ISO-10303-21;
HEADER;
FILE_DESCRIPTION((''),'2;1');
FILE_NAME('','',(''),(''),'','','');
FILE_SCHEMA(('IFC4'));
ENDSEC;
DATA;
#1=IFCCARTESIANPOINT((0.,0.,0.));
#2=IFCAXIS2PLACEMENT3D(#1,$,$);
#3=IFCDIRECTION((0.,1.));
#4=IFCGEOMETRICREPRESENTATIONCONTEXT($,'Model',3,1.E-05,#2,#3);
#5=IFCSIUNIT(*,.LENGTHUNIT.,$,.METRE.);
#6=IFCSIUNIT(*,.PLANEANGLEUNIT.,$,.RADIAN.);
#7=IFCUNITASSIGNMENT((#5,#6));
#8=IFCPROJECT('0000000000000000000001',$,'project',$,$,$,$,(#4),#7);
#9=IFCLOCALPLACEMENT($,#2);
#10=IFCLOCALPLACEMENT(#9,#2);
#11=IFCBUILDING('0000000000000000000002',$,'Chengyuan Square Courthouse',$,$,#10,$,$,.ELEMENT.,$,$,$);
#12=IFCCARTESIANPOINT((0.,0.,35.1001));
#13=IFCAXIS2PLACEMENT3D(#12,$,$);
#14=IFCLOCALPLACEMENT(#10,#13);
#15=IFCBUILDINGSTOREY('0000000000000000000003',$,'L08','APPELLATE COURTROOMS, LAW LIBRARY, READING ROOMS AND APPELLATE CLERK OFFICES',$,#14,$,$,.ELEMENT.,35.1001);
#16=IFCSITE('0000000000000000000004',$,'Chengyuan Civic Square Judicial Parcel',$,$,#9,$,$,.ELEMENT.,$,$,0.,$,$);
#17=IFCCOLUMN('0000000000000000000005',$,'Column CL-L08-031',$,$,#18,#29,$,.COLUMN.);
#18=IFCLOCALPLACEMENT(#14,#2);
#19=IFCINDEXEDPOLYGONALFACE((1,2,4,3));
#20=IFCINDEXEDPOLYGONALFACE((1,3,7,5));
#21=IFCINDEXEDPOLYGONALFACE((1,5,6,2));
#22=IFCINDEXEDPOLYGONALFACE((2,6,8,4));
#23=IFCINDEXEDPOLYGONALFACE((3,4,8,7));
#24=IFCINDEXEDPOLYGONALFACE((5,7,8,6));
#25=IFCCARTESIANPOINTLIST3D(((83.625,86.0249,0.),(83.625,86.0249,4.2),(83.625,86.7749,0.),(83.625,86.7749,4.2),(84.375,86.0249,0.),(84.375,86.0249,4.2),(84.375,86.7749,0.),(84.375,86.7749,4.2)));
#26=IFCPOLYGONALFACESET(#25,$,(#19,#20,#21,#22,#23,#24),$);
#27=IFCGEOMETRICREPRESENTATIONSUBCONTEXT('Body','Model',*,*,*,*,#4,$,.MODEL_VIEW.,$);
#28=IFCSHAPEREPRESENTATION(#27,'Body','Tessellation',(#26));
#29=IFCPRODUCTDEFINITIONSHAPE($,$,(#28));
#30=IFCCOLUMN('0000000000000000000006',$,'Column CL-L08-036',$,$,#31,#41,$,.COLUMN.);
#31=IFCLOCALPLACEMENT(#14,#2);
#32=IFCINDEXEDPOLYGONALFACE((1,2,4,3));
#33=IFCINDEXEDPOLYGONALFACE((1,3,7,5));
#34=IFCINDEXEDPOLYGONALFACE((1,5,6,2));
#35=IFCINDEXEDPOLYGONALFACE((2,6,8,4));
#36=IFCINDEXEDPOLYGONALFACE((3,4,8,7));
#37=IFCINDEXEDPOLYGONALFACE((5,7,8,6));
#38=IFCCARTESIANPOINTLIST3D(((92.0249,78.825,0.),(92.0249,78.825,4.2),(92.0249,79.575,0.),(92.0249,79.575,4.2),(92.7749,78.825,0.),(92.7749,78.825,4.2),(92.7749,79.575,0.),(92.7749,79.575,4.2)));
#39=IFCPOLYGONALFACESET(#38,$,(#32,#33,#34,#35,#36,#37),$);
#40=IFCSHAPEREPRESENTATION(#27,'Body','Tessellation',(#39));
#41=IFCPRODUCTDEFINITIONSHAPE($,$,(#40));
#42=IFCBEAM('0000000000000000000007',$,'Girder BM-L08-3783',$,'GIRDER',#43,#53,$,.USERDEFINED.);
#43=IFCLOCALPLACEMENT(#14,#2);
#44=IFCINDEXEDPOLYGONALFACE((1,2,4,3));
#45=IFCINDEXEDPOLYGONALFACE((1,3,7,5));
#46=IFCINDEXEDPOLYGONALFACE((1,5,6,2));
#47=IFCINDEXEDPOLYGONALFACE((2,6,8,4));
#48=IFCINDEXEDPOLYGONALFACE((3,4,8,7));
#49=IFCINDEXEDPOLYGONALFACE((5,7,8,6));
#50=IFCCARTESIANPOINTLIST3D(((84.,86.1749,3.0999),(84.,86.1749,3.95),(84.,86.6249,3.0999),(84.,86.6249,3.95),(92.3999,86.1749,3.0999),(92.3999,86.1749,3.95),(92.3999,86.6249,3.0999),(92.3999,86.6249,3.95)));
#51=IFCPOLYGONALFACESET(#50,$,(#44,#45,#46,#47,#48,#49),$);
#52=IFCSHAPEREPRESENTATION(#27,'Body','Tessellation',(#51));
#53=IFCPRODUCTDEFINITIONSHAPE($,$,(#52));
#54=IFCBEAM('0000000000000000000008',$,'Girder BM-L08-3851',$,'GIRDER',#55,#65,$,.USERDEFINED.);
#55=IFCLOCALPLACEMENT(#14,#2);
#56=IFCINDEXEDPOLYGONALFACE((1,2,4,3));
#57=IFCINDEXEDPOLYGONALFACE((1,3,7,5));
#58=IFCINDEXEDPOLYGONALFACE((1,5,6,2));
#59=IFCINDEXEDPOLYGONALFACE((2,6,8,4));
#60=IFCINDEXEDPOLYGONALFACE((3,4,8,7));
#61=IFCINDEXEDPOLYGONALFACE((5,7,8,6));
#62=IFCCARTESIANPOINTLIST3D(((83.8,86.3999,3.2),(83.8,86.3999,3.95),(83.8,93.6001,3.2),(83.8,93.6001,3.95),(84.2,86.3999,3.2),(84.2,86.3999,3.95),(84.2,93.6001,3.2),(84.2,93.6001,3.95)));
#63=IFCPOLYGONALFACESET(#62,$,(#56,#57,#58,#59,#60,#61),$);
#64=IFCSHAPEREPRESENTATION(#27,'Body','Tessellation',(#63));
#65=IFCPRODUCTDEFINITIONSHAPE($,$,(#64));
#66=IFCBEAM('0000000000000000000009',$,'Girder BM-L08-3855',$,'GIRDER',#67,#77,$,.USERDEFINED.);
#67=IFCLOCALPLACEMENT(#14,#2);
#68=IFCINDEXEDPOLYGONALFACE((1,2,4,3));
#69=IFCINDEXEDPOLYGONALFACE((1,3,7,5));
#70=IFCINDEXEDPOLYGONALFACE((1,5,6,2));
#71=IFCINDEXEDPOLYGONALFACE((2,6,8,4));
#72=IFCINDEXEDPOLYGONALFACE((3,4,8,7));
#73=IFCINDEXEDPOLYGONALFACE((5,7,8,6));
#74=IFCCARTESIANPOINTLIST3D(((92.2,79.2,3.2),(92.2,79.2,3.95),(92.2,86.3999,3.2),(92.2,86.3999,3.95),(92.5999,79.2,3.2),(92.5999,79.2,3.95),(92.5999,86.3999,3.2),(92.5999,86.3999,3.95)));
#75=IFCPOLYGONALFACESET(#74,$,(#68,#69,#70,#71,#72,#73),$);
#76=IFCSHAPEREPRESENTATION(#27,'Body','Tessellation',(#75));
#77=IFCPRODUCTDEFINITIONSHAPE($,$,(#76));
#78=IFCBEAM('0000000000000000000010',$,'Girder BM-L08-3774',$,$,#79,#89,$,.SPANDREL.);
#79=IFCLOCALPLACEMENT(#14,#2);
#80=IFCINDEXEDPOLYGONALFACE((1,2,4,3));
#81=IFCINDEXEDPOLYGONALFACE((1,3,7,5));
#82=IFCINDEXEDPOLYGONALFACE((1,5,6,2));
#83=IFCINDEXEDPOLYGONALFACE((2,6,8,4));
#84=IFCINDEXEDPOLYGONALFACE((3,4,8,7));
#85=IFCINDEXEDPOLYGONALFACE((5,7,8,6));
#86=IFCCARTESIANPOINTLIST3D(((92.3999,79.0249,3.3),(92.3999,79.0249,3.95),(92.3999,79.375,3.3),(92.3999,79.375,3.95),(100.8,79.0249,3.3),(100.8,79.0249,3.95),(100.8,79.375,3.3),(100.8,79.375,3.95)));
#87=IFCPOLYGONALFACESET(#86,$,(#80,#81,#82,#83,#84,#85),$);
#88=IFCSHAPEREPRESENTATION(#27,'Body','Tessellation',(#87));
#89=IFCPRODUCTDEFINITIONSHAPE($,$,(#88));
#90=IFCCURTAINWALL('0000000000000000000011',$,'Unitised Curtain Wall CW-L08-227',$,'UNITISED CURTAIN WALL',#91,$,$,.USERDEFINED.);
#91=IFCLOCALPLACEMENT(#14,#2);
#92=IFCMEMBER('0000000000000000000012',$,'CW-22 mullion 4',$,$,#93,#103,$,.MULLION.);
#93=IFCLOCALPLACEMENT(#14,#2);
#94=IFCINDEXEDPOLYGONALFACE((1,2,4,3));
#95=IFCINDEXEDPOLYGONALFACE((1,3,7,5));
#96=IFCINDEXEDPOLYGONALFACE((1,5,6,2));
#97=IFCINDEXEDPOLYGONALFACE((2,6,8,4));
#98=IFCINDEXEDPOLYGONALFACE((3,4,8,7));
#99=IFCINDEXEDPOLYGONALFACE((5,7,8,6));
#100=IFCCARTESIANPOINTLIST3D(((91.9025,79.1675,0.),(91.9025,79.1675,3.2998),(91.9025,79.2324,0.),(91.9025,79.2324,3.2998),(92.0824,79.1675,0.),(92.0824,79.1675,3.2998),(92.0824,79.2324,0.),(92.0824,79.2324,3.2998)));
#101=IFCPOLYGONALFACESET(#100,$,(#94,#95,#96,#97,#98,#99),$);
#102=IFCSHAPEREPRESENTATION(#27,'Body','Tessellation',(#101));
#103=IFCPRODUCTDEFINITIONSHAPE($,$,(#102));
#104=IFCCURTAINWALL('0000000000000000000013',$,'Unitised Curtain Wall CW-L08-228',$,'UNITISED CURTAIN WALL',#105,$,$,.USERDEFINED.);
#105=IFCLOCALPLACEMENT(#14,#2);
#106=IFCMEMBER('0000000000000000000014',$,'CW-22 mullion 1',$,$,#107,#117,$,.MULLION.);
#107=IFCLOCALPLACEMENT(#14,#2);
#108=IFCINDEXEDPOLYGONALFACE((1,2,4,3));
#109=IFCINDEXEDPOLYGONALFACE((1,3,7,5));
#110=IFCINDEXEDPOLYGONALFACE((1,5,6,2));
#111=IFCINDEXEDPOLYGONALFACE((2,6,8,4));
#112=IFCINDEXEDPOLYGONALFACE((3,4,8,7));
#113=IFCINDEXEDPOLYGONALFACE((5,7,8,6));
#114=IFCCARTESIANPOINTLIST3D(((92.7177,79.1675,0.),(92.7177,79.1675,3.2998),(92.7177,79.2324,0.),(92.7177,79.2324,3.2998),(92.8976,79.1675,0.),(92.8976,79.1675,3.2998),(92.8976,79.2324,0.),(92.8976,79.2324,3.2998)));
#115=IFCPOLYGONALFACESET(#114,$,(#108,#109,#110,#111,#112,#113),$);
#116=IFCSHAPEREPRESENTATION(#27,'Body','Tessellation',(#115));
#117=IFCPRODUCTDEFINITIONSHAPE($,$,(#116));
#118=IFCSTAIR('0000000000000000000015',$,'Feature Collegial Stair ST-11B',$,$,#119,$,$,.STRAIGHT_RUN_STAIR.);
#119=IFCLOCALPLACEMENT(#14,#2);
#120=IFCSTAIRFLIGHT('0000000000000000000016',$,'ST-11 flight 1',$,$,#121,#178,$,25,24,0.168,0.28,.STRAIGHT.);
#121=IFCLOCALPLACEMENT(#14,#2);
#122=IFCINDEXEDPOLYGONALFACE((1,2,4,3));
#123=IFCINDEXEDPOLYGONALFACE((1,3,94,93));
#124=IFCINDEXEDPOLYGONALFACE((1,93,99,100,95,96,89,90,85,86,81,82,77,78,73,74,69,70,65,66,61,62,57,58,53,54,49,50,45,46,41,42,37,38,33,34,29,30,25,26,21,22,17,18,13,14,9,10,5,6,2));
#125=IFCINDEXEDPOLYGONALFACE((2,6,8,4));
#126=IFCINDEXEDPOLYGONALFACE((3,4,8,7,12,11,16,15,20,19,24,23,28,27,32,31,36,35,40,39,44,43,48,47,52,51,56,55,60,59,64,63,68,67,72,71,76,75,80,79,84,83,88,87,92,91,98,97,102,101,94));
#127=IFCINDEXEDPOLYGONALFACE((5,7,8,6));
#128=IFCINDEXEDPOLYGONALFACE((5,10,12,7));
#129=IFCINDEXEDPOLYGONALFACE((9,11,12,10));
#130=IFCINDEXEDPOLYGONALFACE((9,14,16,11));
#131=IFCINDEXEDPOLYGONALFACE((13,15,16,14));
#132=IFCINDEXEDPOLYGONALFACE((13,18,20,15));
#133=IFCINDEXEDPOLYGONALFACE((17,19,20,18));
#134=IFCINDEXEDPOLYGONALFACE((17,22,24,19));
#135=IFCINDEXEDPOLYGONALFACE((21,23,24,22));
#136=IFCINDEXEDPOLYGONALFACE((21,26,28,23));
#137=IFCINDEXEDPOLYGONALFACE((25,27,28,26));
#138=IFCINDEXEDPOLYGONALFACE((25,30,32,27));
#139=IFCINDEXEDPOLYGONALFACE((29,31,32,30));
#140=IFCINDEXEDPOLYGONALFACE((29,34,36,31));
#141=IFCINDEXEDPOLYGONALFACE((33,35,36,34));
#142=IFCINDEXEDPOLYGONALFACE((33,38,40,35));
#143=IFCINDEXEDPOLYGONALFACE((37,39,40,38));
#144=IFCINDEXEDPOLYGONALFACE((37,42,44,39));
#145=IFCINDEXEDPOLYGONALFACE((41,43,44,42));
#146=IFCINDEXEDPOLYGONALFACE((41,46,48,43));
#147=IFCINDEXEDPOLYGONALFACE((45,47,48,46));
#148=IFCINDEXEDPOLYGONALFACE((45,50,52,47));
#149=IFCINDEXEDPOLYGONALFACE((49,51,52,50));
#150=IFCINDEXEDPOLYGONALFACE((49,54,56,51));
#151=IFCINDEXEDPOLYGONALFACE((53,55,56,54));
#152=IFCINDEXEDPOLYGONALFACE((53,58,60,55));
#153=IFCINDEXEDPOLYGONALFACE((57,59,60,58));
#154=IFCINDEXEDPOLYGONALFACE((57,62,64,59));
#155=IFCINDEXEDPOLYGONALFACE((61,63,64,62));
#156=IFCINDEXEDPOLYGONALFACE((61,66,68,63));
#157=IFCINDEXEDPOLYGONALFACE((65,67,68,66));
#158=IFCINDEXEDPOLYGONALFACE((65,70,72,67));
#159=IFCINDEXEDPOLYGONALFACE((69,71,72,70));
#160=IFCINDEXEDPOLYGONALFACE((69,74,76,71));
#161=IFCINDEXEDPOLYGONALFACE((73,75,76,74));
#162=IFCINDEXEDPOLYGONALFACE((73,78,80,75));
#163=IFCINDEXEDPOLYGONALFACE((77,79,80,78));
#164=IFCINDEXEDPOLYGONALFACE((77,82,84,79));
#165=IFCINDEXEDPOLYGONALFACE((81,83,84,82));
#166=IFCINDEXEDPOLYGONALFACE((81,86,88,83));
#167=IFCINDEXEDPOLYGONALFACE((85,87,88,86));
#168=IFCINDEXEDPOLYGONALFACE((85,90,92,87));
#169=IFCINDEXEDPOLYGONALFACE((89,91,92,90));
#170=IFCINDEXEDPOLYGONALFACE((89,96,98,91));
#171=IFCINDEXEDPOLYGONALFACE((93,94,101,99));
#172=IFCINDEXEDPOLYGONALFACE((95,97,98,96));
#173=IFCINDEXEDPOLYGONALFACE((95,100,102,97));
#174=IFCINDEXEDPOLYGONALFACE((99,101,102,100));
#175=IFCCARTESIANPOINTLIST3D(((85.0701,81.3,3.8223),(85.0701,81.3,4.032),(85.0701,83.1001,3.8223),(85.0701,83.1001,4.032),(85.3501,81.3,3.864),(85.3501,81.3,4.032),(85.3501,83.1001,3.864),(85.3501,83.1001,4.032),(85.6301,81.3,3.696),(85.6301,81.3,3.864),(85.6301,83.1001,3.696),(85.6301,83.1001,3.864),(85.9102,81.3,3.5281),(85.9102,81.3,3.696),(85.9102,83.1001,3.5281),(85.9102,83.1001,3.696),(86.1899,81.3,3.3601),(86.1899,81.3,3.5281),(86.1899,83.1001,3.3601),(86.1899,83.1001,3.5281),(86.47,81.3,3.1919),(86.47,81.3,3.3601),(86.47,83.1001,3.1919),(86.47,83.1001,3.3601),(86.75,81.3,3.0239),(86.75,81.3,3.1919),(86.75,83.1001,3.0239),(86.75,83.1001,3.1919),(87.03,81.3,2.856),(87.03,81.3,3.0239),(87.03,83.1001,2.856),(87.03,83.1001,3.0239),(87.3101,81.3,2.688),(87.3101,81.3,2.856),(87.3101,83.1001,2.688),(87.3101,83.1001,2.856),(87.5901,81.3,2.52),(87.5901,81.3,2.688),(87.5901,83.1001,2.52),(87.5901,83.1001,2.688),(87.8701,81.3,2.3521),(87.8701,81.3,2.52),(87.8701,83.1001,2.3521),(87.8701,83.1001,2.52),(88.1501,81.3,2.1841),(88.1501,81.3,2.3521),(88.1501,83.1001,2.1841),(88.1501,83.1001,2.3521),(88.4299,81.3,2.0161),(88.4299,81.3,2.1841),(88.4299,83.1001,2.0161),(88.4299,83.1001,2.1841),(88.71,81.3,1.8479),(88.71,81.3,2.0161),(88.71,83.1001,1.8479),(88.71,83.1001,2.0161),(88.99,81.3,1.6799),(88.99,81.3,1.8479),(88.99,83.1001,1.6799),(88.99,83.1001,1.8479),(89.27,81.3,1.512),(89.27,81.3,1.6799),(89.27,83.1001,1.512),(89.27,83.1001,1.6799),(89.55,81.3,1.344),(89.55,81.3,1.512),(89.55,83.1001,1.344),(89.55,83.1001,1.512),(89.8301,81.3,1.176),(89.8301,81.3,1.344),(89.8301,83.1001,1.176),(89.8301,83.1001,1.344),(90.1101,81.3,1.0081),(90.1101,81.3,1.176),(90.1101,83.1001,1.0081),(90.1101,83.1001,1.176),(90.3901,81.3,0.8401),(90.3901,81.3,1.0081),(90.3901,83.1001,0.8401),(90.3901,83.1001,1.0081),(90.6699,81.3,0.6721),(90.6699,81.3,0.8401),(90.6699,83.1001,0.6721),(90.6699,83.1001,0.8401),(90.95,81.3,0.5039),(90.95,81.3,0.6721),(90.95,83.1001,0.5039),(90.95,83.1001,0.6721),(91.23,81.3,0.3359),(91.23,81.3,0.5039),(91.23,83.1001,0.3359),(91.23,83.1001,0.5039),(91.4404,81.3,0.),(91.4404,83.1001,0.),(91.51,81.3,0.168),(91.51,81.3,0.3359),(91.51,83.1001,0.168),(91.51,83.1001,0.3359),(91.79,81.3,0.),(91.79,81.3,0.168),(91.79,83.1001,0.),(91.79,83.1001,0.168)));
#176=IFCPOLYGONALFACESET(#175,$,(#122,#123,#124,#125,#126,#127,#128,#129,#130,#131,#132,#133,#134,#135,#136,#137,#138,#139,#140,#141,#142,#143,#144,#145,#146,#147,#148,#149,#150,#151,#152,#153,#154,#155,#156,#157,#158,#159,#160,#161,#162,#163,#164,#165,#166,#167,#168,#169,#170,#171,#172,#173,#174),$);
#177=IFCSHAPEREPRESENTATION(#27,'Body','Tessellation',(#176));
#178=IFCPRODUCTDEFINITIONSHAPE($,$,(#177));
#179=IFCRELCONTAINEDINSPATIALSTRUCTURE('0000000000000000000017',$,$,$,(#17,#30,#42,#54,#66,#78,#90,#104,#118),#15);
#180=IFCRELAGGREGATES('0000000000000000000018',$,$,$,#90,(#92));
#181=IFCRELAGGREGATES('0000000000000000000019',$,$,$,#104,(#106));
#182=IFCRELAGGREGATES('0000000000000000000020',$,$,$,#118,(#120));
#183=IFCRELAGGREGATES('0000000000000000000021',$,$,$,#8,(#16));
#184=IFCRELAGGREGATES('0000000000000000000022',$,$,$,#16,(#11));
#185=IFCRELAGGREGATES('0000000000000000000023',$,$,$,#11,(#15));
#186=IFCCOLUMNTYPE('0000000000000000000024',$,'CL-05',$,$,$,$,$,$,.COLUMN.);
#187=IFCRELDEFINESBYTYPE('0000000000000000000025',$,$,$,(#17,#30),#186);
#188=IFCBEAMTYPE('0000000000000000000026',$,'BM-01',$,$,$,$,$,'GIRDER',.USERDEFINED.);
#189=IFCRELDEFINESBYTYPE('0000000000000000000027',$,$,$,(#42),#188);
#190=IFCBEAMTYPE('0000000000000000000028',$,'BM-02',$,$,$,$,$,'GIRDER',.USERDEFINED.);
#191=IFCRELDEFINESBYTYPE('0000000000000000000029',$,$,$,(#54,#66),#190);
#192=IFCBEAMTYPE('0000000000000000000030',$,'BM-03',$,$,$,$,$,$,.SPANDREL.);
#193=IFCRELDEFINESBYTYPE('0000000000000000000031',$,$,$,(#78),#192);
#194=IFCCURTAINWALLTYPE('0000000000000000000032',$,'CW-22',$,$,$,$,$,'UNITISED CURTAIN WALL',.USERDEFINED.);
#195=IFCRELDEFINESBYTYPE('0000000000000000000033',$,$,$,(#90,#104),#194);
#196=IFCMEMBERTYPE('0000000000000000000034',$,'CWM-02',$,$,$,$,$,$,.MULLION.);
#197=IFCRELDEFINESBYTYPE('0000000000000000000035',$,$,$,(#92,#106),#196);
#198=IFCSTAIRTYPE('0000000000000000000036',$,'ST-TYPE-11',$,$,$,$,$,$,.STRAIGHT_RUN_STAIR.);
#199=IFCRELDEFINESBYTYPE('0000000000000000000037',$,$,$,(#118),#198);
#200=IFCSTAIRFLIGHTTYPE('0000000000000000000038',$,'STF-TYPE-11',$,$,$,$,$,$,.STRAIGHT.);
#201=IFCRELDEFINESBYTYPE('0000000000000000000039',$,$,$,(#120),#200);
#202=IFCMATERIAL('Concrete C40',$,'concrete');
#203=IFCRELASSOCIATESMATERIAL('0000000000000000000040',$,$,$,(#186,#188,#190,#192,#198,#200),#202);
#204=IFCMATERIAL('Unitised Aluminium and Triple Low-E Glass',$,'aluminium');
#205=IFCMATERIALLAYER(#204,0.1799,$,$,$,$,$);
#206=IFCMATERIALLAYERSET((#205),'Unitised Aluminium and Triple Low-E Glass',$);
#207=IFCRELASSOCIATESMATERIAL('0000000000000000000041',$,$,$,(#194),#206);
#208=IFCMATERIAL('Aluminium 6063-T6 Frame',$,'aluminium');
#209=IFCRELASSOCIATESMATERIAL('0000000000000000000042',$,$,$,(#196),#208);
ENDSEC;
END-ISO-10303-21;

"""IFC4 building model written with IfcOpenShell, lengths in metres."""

from ifc_helpers import new_model, si_unit, direction, frame, origin, origin_2d, place, context, subcontext, project, spatial, polyline, rectangle, outline, extrude, material, layer, layer_set, material_profile, profile_set, type_object, element, aggregate, save


model = new_model("IFC4")

# Units and contexts
model_context = context("Model", 3, precision=1e-05, world=origin(), true_north=direction((0.0, 1.0)))
body_context = subcontext(model_context, "Body", "Model", "MODEL_VIEW")
ifc_project = project(units=[si_unit("LENGTHUNIT", "METRE"), si_unit("PLANEANGLEUNIT", "RADIAN")], contexts=[model_context])

# Site, building, storey
site_placement = place(None, origin())
site = spatial("IfcSite", under=ifc_project, at=site_placement, Name="Chengyuan Civic Square Judicial Parcel", CompositionType="ELEMENT", RefElevation=0.0)
building_placement = place(site_placement, origin())
building = spatial("IfcBuilding", under=site, at=building_placement, Name="Chengyuan Square Courthouse", CompositionType="ELEMENT")
storey_placement = place(building_placement, frame((0.0, 0.0, 35.1001)))
storey = spatial("IfcBuildingStorey", under=building, at=storey_placement, Name="L08", Description="APPELLATE COURTROOMS, LAW LIBRARY, READING ROOMS AND APPELLATE CLERK OFFICES", CompositionType="ELEMENT", Elevation=35.1001)

# Columns
ifc_material_1 = material(Name="Concrete C40", Category="concrete")
ifc_material_profile_1 = material_profile(ifc_material_1, rectangle(XDim=0.75, YDim=0.75, at=origin_2d()), Name="RC-COL-750x750")
ifc_profile_set_1 = profile_set([ifc_material_profile_1], Name="Concrete C40")
column_type = type_object("IfcColumnType", Name="CL-05", PredefinedType="COLUMN", material=ifc_profile_set_1)
for number, where, z_axis, x_axis, name in (
    (1, (84.0, 86.3999, 0.0), (0.0, 0.0, 1.0), (1.0, 0.0, 0.0), "Column CL-L08-031"),
    (2, (92.3999, 79.2, 0.0), (0.0, 0.0, 1.0), (1.0, 0.0, 0.0), "Column CL-L08-036"),
):
    element("IfcColumn", number, at=place(storey_placement, frame(where, z_axis=z_axis, x_axis=x_axis)), inside=storey, type_object=column_type, Name=name, PredefinedType="COLUMN", context=body_context, shape_type="SweptSolid", body=[
        extrude(rectangle(XDim=0.75, YDim=0.75, at=origin_2d()), origin(), (0.0, 0.0, 1.0), 4.2),
    ])

# Beams
ifc_material_profile_2 = material_profile(ifc_material_1, rectangle(XDim=0.45, YDim=0.8501, at=origin_2d()), Name="RC-BM-450x850")
ifc_profile_set_2 = profile_set([ifc_material_profile_2], Name="Concrete C40")
beam_type_1 = type_object("IfcBeamType", Name="BM-01", ElementType="GIRDER", PredefinedType="USERDEFINED", material=ifc_profile_set_2)
beam_1_placement = place(storey_placement, frame((84.0, 86.3999, 3.5249), z_axis=(1.0, 0.0, 0.0), x_axis=(0.0, 1.0, 0.0)))
element("IfcBeam", 3, at=beam_1_placement, inside=storey, type_object=beam_type_1, Name="Girder BM-L08-3783", ObjectType="GIRDER", PredefinedType="USERDEFINED", context=body_context, shape_type="SweptSolid", body=[
    extrude(rectangle(XDim=0.45, YDim=0.8501, at=origin_2d()), origin(), (0.0, 0.0, 1.0), 8.3999),
])
ifc_material_profile_3 = material_profile(ifc_material_1, rectangle(XDim=0.3999, YDim=0.75, at=origin_2d()), Name="RC-BM-400x750")
ifc_profile_set_3 = profile_set([ifc_material_profile_3], Name="Concrete C40")
beam_type_2 = type_object("IfcBeamType", Name="BM-02", ElementType="GIRDER", PredefinedType="USERDEFINED", material=ifc_profile_set_3)
beam_2_placement = place(storey_placement, frame((84.0, 86.3999, 3.575), z_axis=(0.0, 1.0, 0.0), x_axis=(-1.0, 0.0, 0.0)))
element("IfcBeam", 4, at=beam_2_placement, inside=storey, type_object=beam_type_2, Name="Girder BM-L08-3851", ObjectType="GIRDER", PredefinedType="USERDEFINED", context=body_context, shape_type="SweptSolid", body=[
    extrude(rectangle(XDim=0.3999, YDim=0.75, at=origin_2d()), origin(), (0.0, 0.0, 1.0), 7.2002),
])
beam_3_placement = place(storey_placement, frame((92.3999, 79.2, 3.575), z_axis=(0.0, 1.0, 0.0), x_axis=(-1.0, 0.0, 0.0)))
element("IfcBeam", 5, at=beam_3_placement, inside=storey, type_object=beam_type_2, Name="Girder BM-L08-3855", ObjectType="GIRDER", PredefinedType="USERDEFINED", context=body_context, shape_type="SweptSolid", body=[
    extrude(rectangle(XDim=0.3999, YDim=0.75, at=origin_2d()), origin(), (0.0, 0.0, 1.0), 7.2),
])
ifc_material_profile_4 = material_profile(ifc_material_1, rectangle(XDim=0.3501, YDim=0.6499, at=origin_2d()), Name="RC-BM-350x650")
ifc_profile_set_4 = profile_set([ifc_material_profile_4], Name="Concrete C40")
beam_type_3 = type_object("IfcBeamType", Name="BM-03", PredefinedType="SPANDREL", material=ifc_profile_set_4)
beam_4_placement = place(storey_placement, frame((92.3999, 79.2, 3.625), z_axis=(1.0, 0.0, 0.0), x_axis=(0.0, 1.0, 0.0)))
element("IfcBeam", 6, at=beam_4_placement, inside=storey, type_object=beam_type_3, Name="Girder BM-L08-3774", PredefinedType="SPANDREL", context=body_context, shape_type="SweptSolid", body=[
    extrude(rectangle(XDim=0.3501, YDim=0.6499, at=origin_2d()), origin(), (0.0, 0.0, 1.0), 8.4001),
])

# Curtain walls, members
ifc_material_2 = material(Name="Unitised Aluminium and Triple Low-E Glass", Category="aluminium")
ifc_layer_1 = layer(ifc_material_2, 0.1799)
ifc_layer_set_1 = layer_set([ifc_layer_1], Name="Unitised Aluminium and Triple Low-E Glass")
curtain_wall_type = type_object("IfcCurtainWallType", Name="CW-22", ElementType="UNITISED CURTAIN WALL", PredefinedType="USERDEFINED", material=ifc_layer_set_1)
curtain_wall_1_placement = place(storey_placement, origin())
curtain_wall_1 = element("IfcCurtainWall", 7, at=curtain_wall_1_placement, inside=storey, type_object=curtain_wall_type, Name="Unitised Curtain Wall CW-L08-227", ObjectType="UNITISED CURTAIN WALL", PredefinedType="USERDEFINED")
ifc_material_3 = material(Name="Aluminium 6063-T6 Frame", Category="aluminium")
ifc_material_profile_5 = material_profile(ifc_material_3, rectangle(XDim=0.0649, YDim=0.1799, at=origin_2d()), Name="CW-MUL-65x180")
ifc_profile_set_5 = profile_set([ifc_material_profile_5], Name="Aluminium 6063-T6 Frame")
member_type = type_object("IfcMemberType", Name="CWM-02", PredefinedType="MULLION", material=ifc_profile_set_5)
member_1_placement = place(storey_placement, frame((91.9924, 79.2, 0.0), z_axis=(0.0, 0.0, 1.0), x_axis=(0.0, 1.0, 0.0)))
member_1 = element("IfcMember", 8, at=member_1_placement, type_object=member_type, Name="CW-22 mullion 4", PredefinedType="MULLION", context=body_context, shape_type="SweptSolid", body=[
    extrude(rectangle(XDim=0.0649, YDim=0.1799, at=origin_2d()), origin(), (0.0, 0.0, 1.0), 3.2998),
])
aggregate(curtain_wall_1, [member_1])
curtain_wall_2_placement = place(storey_placement, origin())
curtain_wall_2 = element("IfcCurtainWall", 9, at=curtain_wall_2_placement, inside=storey, type_object=curtain_wall_type, Name="Unitised Curtain Wall CW-L08-228", ObjectType="UNITISED CURTAIN WALL", PredefinedType="USERDEFINED")
member_2_placement = place(storey_placement, frame((92.8076, 79.2, 0.0), z_axis=(0.0, 0.0, 1.0), x_axis=(0.0, 1.0, 0.0)))
member_2 = element("IfcMember", 10, at=member_2_placement, type_object=member_type, Name="CW-22 mullion 1", PredefinedType="MULLION", context=body_context, shape_type="SweptSolid", body=[
    extrude(rectangle(XDim=0.0649, YDim=0.1799, at=origin_2d()), origin(), (0.0, 0.0, 1.0), 3.2998),
])
aggregate(curtain_wall_2, [member_2])

# Stair, stair flight
stair_type = type_object("IfcStairType", Name="ST-TYPE-11", PredefinedType="STRAIGHT_RUN_STAIR", material=ifc_material_1)
stair_placement = place(storey_placement, origin())
stair = element("IfcStair", 11, at=stair_placement, inside=storey, type_object=stair_type, Name="Feature Collegial Stair ST-11B", PredefinedType="STRAIGHT_RUN_STAIR")
stair_flight_type = type_object("IfcStairFlightType", Name="STF-TYPE-11", PredefinedType="STRAIGHT", material=ifc_material_1)
stair_flight_placement = place(storey_placement, frame((91.79, 82.2, 0.0), z_axis=(0.0, 0.0, 1.0), x_axis=(-1.0, 0.0, 0.0)))
stair_flight = element("IfcStairFlight", 12, at=stair_flight_placement, type_object=stair_flight_type, Name="ST-11 flight 1", NumberOfRisers=25, NumberOfTreads=24, PredefinedType="STRAIGHT", RiserHeight=0.168, TreadLength=0.28, context=body_context, shape_type="SweptSolid", body=[
    extrude(outline(polyline([(0.0, 0.0), (0.0, 0.168), (0.28, 0.168), (0.28, 0.3359), (0.5601, 0.3359), (0.5601, 0.5039), (0.8401, 0.5039), (0.8401, 0.6721), (1.1201, 0.6721), (1.1201, 0.8401), (1.3999, 0.8401), (1.3999, 1.0081), (1.6799, 1.0081), (1.6799, 1.176), (1.96, 1.176), (1.96, 1.344), (2.24, 1.344), (2.24, 1.512), (2.52, 1.512), (2.52, 1.6799), (2.8, 1.6799), (2.8, 1.8479), (3.0801, 1.8479), (3.0801, 2.0161), (3.3601, 2.0161), (3.3601, 2.1841), (3.6399, 2.1841), (3.6399, 2.3521), (3.9199, 2.3521), (3.9199, 2.52), (4.2, 2.52), (4.2, 2.688), (4.48, 2.688), (4.48, 2.856), (4.76, 2.856), (4.76, 3.0239), (5.04, 3.0239), (5.04, 3.1919), (5.3201, 3.1919), (5.3201, 3.3601), (5.6001, 3.3601), (5.6001, 3.5281), (5.8799, 3.5281), (5.8799, 3.696), (6.1599, 3.696), (6.1599, 3.864), (6.4399, 3.864), (6.4399, 4.032), (6.72, 4.032), (6.72, 4.2), (6.72, 3.8223), (0.3496, 0.0), (0.0, 0.0)])), frame((0.0, 0.8999, 0.0), z_axis=(0.0, -1.0, 0.0), x_axis=(1.0, 0.0, 0.0)), (0.0, 0.0, 1.0), 1.8),
])
aggregate(stair, [stair_flight])

save(model, "model.ifc")
